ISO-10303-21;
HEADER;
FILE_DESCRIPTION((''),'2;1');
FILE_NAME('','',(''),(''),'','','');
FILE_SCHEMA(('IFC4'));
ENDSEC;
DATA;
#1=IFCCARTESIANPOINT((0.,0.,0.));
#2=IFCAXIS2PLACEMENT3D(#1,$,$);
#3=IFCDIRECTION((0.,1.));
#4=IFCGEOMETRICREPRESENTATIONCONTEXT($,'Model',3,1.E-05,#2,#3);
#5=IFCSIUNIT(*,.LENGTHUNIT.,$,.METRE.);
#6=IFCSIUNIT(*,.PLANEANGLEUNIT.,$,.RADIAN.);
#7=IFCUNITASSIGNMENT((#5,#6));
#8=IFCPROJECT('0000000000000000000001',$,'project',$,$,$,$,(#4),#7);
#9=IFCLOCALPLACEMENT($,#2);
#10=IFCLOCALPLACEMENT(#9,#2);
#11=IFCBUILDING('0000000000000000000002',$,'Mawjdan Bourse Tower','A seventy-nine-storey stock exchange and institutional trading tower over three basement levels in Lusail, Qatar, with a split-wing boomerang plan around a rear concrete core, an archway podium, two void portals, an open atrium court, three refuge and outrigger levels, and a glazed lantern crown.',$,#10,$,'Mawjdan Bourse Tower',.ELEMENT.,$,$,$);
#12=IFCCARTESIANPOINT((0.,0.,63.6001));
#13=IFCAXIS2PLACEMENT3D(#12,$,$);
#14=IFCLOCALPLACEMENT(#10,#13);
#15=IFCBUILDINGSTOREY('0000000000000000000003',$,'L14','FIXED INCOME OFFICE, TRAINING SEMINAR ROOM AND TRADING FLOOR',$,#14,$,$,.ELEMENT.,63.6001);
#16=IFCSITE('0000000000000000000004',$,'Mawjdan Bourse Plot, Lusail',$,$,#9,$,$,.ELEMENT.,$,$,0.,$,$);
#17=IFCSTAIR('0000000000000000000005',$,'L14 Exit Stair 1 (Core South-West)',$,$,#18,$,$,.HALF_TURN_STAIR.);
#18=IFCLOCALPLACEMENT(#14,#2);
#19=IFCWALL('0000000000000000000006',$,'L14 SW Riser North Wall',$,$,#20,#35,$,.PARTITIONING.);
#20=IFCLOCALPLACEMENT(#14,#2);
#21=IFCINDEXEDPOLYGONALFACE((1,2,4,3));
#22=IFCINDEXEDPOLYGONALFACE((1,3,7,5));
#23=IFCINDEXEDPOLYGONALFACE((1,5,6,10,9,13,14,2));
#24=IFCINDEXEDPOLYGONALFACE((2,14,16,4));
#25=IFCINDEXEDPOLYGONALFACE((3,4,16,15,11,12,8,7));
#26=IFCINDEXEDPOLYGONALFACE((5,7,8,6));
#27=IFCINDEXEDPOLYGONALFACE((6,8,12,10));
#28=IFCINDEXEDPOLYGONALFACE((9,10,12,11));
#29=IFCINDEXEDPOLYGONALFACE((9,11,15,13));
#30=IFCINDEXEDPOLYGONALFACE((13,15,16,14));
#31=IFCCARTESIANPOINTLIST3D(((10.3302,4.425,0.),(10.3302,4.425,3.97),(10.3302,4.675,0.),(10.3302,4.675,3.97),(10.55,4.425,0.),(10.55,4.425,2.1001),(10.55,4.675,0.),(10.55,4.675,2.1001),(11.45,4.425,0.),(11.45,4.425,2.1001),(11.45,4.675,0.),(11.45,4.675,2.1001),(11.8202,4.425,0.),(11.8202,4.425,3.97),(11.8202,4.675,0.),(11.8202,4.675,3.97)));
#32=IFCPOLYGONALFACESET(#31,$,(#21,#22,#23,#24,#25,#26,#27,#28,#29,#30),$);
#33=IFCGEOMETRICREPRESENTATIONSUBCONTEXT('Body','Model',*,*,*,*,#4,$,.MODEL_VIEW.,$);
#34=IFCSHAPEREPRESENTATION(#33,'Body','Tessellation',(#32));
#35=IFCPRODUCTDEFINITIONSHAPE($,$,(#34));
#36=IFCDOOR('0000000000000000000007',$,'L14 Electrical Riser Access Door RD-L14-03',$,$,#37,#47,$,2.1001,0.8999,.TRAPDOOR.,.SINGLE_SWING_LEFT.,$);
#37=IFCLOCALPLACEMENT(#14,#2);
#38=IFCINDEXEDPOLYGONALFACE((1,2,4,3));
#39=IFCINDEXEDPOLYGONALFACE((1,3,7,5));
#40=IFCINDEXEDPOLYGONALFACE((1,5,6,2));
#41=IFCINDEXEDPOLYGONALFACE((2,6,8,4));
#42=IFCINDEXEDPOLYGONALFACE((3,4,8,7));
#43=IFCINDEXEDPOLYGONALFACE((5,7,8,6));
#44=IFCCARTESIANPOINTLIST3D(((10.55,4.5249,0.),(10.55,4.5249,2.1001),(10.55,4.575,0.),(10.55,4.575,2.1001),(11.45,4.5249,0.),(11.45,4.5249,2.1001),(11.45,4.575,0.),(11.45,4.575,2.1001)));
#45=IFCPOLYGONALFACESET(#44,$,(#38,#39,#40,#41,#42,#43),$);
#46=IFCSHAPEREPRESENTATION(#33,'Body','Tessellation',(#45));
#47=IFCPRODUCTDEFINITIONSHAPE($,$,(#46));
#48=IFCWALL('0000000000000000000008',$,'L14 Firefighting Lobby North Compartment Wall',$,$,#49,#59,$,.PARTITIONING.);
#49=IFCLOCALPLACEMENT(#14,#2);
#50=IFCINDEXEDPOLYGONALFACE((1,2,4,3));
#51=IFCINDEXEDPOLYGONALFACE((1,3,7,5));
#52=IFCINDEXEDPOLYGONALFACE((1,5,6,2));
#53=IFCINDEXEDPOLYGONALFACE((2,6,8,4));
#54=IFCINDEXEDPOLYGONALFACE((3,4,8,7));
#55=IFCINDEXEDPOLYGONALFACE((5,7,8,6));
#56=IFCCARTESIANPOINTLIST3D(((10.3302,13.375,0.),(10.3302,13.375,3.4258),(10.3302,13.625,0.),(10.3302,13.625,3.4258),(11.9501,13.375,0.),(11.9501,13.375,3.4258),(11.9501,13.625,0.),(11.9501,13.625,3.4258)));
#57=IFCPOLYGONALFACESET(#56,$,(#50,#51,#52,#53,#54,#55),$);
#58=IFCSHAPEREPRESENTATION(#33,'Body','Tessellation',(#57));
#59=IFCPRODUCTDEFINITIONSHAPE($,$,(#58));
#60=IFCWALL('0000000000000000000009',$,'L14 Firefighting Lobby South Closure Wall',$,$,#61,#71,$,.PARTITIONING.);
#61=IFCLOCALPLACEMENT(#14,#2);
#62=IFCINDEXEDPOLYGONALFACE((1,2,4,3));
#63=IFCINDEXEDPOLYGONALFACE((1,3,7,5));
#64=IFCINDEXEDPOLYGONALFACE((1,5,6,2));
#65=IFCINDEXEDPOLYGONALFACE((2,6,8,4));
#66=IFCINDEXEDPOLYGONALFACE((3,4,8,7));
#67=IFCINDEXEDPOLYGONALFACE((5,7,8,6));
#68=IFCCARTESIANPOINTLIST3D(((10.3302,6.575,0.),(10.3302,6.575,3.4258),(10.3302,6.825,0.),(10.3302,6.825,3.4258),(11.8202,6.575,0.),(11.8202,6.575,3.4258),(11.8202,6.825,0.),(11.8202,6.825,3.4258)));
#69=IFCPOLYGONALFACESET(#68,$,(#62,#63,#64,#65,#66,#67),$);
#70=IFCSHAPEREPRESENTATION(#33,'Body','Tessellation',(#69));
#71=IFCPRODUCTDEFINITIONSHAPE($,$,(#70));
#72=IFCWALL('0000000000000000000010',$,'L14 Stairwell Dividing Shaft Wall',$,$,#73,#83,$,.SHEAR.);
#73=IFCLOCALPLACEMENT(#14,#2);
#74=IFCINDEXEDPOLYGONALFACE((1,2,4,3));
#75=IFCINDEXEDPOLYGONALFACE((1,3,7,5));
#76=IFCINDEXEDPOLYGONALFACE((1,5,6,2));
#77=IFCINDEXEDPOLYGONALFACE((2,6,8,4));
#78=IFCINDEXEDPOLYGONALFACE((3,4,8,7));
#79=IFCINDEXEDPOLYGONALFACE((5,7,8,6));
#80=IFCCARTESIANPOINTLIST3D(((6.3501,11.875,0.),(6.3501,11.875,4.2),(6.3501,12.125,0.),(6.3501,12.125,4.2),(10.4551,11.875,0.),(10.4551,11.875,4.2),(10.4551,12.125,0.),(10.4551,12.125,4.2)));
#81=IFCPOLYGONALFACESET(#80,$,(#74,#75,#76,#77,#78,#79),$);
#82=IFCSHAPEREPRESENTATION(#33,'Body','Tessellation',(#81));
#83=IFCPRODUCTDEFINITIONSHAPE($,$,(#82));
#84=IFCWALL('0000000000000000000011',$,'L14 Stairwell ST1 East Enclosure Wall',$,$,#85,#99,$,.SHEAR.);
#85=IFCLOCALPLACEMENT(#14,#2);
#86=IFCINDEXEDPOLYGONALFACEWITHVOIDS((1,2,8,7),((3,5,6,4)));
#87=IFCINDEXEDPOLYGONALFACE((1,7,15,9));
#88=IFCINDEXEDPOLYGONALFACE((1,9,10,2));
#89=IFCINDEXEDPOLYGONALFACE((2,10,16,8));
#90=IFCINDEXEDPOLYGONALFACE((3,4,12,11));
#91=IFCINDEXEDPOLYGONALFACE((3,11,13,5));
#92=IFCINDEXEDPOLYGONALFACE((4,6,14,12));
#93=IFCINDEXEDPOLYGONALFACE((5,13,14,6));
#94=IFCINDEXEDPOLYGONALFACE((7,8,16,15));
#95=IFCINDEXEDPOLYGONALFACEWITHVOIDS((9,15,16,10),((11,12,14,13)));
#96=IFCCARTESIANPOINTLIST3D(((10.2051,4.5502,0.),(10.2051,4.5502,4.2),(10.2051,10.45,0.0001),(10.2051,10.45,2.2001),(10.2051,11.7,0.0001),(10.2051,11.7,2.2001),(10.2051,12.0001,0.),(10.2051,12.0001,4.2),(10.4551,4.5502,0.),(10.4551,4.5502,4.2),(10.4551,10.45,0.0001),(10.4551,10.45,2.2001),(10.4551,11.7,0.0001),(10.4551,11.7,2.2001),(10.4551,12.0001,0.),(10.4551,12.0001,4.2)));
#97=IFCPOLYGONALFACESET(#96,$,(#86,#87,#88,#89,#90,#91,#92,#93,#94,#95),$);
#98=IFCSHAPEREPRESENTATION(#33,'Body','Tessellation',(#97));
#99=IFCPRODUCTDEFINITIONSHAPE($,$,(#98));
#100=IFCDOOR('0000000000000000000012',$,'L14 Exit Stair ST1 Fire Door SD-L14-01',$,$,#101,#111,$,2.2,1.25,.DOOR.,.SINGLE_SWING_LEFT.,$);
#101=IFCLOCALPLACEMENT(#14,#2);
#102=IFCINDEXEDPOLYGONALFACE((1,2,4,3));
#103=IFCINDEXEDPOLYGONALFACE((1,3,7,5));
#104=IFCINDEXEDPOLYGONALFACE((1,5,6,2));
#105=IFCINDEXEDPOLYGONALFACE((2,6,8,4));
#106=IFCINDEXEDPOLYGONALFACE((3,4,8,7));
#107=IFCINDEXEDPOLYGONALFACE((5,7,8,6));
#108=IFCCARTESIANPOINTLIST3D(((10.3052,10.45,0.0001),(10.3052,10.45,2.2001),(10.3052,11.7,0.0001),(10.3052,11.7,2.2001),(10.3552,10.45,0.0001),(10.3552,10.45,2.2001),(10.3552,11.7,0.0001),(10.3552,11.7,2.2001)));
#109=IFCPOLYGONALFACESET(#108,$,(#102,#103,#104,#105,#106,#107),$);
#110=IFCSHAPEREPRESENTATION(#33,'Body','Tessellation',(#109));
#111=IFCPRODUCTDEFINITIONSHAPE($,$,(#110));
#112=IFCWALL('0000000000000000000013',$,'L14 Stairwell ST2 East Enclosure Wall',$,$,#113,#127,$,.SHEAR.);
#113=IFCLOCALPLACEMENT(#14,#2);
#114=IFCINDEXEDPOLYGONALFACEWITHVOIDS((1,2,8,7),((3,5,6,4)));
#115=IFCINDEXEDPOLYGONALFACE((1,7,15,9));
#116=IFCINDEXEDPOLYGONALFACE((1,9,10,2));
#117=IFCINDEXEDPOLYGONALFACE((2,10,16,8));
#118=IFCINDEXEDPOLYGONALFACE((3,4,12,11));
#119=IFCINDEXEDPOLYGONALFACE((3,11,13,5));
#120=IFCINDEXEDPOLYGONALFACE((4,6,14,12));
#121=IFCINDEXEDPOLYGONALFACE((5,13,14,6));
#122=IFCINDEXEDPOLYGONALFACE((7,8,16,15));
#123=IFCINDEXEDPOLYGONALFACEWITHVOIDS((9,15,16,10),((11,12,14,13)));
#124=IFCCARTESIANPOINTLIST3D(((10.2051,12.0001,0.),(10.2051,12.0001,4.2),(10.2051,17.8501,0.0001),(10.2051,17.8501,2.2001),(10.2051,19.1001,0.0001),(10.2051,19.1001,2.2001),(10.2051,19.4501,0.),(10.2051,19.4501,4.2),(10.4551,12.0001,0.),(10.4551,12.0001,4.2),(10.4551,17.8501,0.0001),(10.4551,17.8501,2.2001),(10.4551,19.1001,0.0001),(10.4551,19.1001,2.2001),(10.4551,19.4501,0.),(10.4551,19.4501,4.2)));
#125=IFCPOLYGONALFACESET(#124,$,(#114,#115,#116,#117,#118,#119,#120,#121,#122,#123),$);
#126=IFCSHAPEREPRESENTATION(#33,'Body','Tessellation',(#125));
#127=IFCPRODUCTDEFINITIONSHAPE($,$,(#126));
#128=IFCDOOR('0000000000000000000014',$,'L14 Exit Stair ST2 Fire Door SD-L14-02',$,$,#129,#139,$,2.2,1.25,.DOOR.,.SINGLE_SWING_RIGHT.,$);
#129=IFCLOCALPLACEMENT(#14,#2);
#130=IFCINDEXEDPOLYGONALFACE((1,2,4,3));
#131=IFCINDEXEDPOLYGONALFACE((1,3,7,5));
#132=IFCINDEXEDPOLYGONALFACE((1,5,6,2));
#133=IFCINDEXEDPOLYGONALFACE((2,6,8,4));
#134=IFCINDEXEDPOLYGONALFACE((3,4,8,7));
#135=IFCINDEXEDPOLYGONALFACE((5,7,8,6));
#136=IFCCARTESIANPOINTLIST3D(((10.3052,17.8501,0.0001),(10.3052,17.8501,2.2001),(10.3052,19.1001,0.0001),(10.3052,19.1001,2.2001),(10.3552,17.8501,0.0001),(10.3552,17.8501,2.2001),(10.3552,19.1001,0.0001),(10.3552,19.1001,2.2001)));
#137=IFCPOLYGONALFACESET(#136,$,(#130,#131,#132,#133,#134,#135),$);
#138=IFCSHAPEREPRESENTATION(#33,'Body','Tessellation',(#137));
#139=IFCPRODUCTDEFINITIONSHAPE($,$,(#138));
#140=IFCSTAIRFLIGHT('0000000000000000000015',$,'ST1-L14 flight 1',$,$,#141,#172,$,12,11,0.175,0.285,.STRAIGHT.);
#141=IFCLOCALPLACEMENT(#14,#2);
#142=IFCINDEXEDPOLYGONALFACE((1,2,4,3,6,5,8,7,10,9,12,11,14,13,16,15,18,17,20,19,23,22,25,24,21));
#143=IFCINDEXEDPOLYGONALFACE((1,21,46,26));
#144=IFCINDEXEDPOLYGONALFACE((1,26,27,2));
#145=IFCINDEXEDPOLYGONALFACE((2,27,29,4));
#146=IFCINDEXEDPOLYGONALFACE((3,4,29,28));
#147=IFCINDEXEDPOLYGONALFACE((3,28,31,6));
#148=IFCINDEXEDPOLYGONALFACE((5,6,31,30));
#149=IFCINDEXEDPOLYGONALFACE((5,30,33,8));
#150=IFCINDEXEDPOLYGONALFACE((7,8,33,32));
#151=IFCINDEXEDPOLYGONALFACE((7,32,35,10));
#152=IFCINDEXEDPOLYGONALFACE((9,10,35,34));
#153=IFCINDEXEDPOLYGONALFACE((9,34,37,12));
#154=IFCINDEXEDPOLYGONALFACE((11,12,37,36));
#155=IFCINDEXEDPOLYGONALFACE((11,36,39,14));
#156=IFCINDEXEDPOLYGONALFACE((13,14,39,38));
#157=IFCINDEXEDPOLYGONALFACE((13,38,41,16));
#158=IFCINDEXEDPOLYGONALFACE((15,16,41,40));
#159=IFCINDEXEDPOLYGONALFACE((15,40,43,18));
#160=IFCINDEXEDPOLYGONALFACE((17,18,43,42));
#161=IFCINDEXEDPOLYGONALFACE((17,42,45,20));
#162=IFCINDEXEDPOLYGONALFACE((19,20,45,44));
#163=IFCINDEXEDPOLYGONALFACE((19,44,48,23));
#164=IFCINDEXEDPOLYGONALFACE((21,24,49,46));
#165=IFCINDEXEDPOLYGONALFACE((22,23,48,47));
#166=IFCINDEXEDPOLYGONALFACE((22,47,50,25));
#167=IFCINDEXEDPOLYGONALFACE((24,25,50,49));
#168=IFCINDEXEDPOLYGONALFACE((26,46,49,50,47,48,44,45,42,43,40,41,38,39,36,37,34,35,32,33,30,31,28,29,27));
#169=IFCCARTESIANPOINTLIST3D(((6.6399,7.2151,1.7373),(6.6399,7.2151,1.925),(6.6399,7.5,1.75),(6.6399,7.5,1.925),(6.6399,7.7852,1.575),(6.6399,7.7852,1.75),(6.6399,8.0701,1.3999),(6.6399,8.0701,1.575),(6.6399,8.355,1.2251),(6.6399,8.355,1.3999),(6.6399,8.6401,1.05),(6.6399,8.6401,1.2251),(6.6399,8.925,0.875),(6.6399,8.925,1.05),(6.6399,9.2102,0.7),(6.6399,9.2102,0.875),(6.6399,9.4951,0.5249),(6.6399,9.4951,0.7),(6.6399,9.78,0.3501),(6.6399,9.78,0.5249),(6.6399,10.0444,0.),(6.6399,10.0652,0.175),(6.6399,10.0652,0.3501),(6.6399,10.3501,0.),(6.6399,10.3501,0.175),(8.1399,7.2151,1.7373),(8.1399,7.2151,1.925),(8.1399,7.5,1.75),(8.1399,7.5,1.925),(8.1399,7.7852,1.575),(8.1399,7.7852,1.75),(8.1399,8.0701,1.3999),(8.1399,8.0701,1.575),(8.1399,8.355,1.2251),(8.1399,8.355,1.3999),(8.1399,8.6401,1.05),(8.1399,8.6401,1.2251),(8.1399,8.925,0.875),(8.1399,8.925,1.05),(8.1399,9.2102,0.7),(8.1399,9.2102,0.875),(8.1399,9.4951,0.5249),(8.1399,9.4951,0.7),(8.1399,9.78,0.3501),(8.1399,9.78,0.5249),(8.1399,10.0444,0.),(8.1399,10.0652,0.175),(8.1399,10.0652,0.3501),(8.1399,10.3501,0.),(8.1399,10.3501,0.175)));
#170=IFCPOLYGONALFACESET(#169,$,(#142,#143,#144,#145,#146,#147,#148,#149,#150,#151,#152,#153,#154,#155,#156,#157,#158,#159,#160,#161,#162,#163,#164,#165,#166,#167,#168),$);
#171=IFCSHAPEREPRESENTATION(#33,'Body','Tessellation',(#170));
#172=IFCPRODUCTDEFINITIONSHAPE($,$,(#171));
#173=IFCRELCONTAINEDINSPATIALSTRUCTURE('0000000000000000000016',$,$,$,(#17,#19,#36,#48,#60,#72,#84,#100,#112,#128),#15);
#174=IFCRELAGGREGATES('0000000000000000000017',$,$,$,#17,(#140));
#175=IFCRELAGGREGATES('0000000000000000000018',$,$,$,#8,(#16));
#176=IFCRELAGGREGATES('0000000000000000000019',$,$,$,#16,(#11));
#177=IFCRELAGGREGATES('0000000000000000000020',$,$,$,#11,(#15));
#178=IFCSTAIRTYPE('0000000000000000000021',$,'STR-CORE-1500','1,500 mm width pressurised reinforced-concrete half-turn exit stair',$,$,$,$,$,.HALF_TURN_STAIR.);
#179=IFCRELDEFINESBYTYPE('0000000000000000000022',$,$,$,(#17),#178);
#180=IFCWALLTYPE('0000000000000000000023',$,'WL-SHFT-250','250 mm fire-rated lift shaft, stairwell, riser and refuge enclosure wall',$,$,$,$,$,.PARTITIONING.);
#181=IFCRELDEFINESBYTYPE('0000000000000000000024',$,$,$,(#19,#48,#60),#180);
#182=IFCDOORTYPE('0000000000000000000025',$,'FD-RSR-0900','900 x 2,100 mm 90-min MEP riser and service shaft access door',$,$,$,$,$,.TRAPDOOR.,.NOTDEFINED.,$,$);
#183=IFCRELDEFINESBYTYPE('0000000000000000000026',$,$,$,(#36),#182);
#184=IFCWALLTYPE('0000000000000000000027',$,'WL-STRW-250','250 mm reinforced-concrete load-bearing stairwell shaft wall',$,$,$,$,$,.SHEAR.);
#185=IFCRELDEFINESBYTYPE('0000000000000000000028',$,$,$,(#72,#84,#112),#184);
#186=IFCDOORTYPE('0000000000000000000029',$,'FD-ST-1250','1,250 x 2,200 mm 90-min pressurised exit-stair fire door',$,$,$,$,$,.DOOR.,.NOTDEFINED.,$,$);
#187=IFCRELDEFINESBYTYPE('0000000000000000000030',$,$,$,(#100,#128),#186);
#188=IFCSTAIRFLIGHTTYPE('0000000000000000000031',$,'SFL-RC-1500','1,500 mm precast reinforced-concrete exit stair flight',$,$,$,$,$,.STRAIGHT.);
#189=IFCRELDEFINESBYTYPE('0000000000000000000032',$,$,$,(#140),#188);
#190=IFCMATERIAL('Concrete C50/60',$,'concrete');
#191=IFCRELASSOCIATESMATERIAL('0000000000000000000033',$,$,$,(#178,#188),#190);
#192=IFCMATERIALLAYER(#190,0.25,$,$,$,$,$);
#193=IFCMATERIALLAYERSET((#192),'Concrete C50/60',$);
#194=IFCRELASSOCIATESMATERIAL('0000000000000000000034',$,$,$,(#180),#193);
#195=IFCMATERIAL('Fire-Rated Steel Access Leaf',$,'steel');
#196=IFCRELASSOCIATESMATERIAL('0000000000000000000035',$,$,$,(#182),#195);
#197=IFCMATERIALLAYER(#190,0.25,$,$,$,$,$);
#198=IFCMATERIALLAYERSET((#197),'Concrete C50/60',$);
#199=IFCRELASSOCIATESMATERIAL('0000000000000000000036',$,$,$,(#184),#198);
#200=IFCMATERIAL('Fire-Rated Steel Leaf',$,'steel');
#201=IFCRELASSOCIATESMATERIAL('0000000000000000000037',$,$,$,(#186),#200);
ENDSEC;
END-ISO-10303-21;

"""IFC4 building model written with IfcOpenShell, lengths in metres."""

from ifc_helpers import new_model, si_unit, direction, frame, frame_2d, origin, place, context, subcontext, project, spatial, polyline, rectangle, outline, extrude, material, layer, layer_set, type_object, element, fill, aggregate, save


model = new_model("IFC4")

# Units and contexts
model_context = context("Model", 3, precision=1e-05, world=origin(), true_north=direction((0.0, 1.0)))
body_context = subcontext(model_context, "Body", "Model", "MODEL_VIEW")
ifc_project = project(units=[si_unit("LENGTHUNIT", "METRE"), si_unit("PLANEANGLEUNIT", "RADIAN")], contexts=[model_context])

# Site, building, storey
site_placement = place(None, origin())
site = spatial("IfcSite", under=ifc_project, at=site_placement, Name="Mawjdan Bourse Plot, Lusail", CompositionType="ELEMENT", RefElevation=0.0)
building_placement = place(site_placement, origin())
building = spatial("IfcBuilding", under=site, at=building_placement, Name="Mawjdan Bourse Tower", Description="A seventy-nine-storey stock exchange and institutional trading tower over three basement levels in Lusail, Qatar, with a split-wing boomerang plan around a rear concrete core, an archway podium, two void portals, an open atrium court, three refuge and outrigger levels, and a glazed lantern crown.", LongName="Mawjdan Bourse Tower", CompositionType="ELEMENT")
storey_placement = place(building_placement, frame((0.0, 0.0, 63.6001)))
storey = spatial("IfcBuildingStorey", under=building, at=storey_placement, Name="L14", Description="FIXED INCOME OFFICE, TRAINING SEMINAR ROOM AND TRADING FLOOR", CompositionType="ELEMENT", Elevation=63.6001)

# Stair
ifc_material_1 = material(Name="Concrete C50/60", Category="concrete")
stair_type = type_object("IfcStairType", Name="STR-CORE-1500", Description="1,500 mm width pressurised reinforced-concrete half-turn exit stair", PredefinedType="HALF_TURN_STAIR", material=ifc_material_1)
stair_1_placement = place(storey_placement, origin())
stair_1 = element("IfcStair", 1, at=stair_1_placement, inside=storey, type_object=stair_type, Name="L14 Exit Stair 1 (Core South-West)", PredefinedType="HALF_TURN_STAIR")

# Wall, opening, door
ifc_layer_1 = layer(ifc_material_1, 0.25)
ifc_layer_set_1 = layer_set([ifc_layer_1], Name="Concrete C50/60")
wall_type_1 = type_object("IfcWallType", Name="WL-SHFT-250", Description="250 mm fire-rated lift shaft, stairwell, riser and refuge enclosure wall", PredefinedType="PARTITIONING", material=ifc_layer_set_1)
wall_1_placement = place(storey_placement, frame((10.3301, 4.55, 0.0), z_axis=(0.0, 0.0, 1.0), x_axis=(1.0, 0.0, 0.0)))
wall_1 = element("IfcWall", 2, at=wall_1_placement, inside=storey, type_object=wall_type_1, Name="L14 SW Riser North Wall", PredefinedType="PARTITIONING", context=body_context, shape_type="SweptSolid", body=[
    extrude(rectangle(XDim=1.49, YDim=0.25, at=frame_2d((0.7451, 0.0))), origin(), (0.0, 0.0, 1.0), 3.97),
])
opening_1_placement = place(wall_1_placement, frame((0.22, 0.0, 0.0)))
opening_1 = element("IfcOpeningElement", 3, at=opening_1_placement, cuts=wall_1, PredefinedType="OPENING", context=body_context, shape_type="SweptSolid", body=[
    extrude(rectangle(XDim=0.8999, YDim=2.1001, at=frame_2d((0.45, 1.05))), frame((0.0, 0.135, 0.0), z_axis=(0.0, -1.0, 0.0), x_axis=(1.0, 0.0, 0.0)), (0.0, 0.0, 1.0), 0.27),
])
ifc_material_2 = material(Name="Fire-Rated Steel Access Leaf", Category="steel")
door_type_1 = type_object("IfcDoorType", Name="FD-RSR-0900", Description="900 x 2,100 mm 90-min MEP riser and service shaft access door", OperationType="NOTDEFINED", PredefinedType="TRAPDOOR", material=ifc_material_2)
door_1_placement = place(opening_1_placement, origin())
door_1 = element("IfcDoor", 4, at=door_1_placement, inside=storey, type_object=door_type_1, Name="L14 Electrical Riser Access Door RD-L14-03", OperationType="SINGLE_SWING_LEFT", OverallHeight=2.1001, OverallWidth=0.8999, PredefinedType="TRAPDOOR", context=body_context, shape_type="SweptSolid", body=[
    extrude(rectangle(XDim=0.8999, YDim=2.1001, at=frame_2d((0.45, 1.05))), frame((0.0, 0.0249, 0.0), z_axis=(0.0, -1.0, 0.0), x_axis=(1.0, 0.0, 0.0)), (0.0, 0.0, 1.0), 0.05),
])
fill(opening_1, door_1)

# Walls
wall_2_placement = place(storey_placement, frame((10.3301, 13.5, 0.0), z_axis=(0.0, 0.0, 1.0), x_axis=(1.0, 0.0, 0.0)))
element("IfcWall", 5, at=wall_2_placement, inside=storey, type_object=wall_type_1, Name="L14 Firefighting Lobby North Compartment Wall", PredefinedType="PARTITIONING", context=body_context, shape_type="SweptSolid", body=[
    extrude(rectangle(XDim=1.6199, YDim=0.25, at=frame_2d((0.8101, 0.0))), origin(), (0.0, 0.0, 1.0), 3.4258),
])
wall_3_placement = place(storey_placement, frame((10.3301, 6.7, 0.0), z_axis=(0.0, 0.0, 1.0), x_axis=(1.0, 0.0, 0.0)))
element("IfcWall", 6, at=wall_3_placement, inside=storey, type_object=wall_type_1, Name="L14 Firefighting Lobby South Closure Wall", PredefinedType="PARTITIONING", context=body_context, shape_type="SweptSolid", body=[
    extrude(rectangle(XDim=1.49, YDim=0.25, at=frame_2d((0.7451, 0.0))), origin(), (0.0, 0.0, 1.0), 3.4258),
])
ifc_layer_2 = layer(ifc_material_1, 0.25)
ifc_layer_set_2 = layer_set([ifc_layer_2], Name="Concrete C50/60")
wall_type_2 = type_object("IfcWallType", Name="WL-STRW-250", Description="250 mm reinforced-concrete load-bearing stairwell shaft wall", PredefinedType="SHEAR", material=ifc_layer_set_2)
wall_4_placement = place(storey_placement, frame((6.3501, 12.0, 0.0), z_axis=(0.0, 0.0, 1.0), x_axis=(1.0, 0.0, 0.0)))
element("IfcWall", 7, at=wall_4_placement, inside=storey, type_object=wall_type_2, Name="L14 Stairwell Dividing Shaft Wall", PredefinedType="SHEAR", context=body_context, shape_type="SweptSolid", body=[
    extrude(rectangle(XDim=4.105, YDim=0.25, at=frame_2d((2.0525, 0.0))), origin(), (0.0, 0.0, 1.0), 4.2),
])

# Walls, openings, doors
wall_5_placement = place(storey_placement, frame((10.3301, 4.55, 0.0), z_axis=(0.0, 0.0, 1.0), x_axis=(0.0, 1.0, 0.0)))
wall_5 = element("IfcWall", 8, at=wall_5_placement, inside=storey, type_object=wall_type_2, Name="L14 Stairwell ST1 East Enclosure Wall", PredefinedType="SHEAR", context=body_context, shape_type="SweptSolid", body=[
    extrude(rectangle(XDim=7.45, YDim=0.25, at=frame_2d((3.7251, 0.0))), origin(), (0.0, 0.0, 1.0), 4.2),
])
opening_2_placement = place(wall_5_placement, frame((5.8999, 0.0, 0.0)))
opening_2 = element("IfcOpeningElement", 9, at=opening_2_placement, cuts=wall_5, PredefinedType="OPENING", context=body_context, shape_type="SweptSolid", body=[
    extrude(rectangle(XDim=1.25, YDim=2.2, at=frame_2d((0.625, 1.1001))), frame((0.0, 0.135, 0.0), z_axis=(0.0, -1.0, 0.0), x_axis=(1.0, 0.0, 0.0)), (0.0, 0.0, 1.0), 0.27),
])
ifc_material_3 = material(Name="Fire-Rated Steel Leaf", Category="steel")
door_type_2 = type_object("IfcDoorType", Name="FD-ST-1250", Description="1,250 x 2,200 mm 90-min pressurised exit-stair fire door", OperationType="NOTDEFINED", PredefinedType="DOOR", material=ifc_material_3)
door_2_placement = place(opening_2_placement, origin())
door_2 = element("IfcDoor", 10, at=door_2_placement, inside=storey, type_object=door_type_2, Name="L14 Exit Stair ST1 Fire Door SD-L14-01", OperationType="SINGLE_SWING_LEFT", OverallHeight=2.2, OverallWidth=1.25, PredefinedType="DOOR", context=body_context, shape_type="SweptSolid", body=[
    extrude(rectangle(XDim=1.25, YDim=2.2, at=frame_2d((0.625, 1.1001))), frame((0.0, 0.0249, 0.0), z_axis=(0.0, -1.0, 0.0), x_axis=(1.0, 0.0, 0.0)), (0.0, 0.0, 1.0), 0.05),
])
fill(opening_2, door_2)
wall_6_placement = place(storey_placement, frame((10.3301, 12.0, 0.0), z_axis=(0.0, 0.0, 1.0), x_axis=(0.0, 1.0, 0.0)))
wall_6 = element("IfcWall", 11, at=wall_6_placement, inside=storey, type_object=wall_type_2, Name="L14 Stairwell ST2 East Enclosure Wall", PredefinedType="SHEAR", context=body_context, shape_type="SweptSolid", body=[
    extrude(rectangle(XDim=7.45, YDim=0.25, at=frame_2d((3.7251, 0.0))), origin(), (0.0, 0.0, 1.0), 4.2),
])
opening_3_placement = place(wall_6_placement, frame((5.8501, 0.0, 0.0)))
opening_3 = element("IfcOpeningElement", 12, at=opening_3_placement, cuts=wall_6, PredefinedType="OPENING", context=body_context, shape_type="SweptSolid", body=[
    extrude(rectangle(XDim=1.25, YDim=2.2, at=frame_2d((0.625, 1.1001))), frame((0.0, 0.135, 0.0), z_axis=(0.0, -1.0, 0.0), x_axis=(1.0, 0.0, 0.0)), (0.0, 0.0, 1.0), 0.27),
])
door_3_placement = place(opening_3_placement, origin())
door_3 = element("IfcDoor", 13, at=door_3_placement, inside=storey, type_object=door_type_2, Name="L14 Exit Stair ST2 Fire Door SD-L14-02", OperationType="SINGLE_SWING_RIGHT", OverallHeight=2.2, OverallWidth=1.25, PredefinedType="DOOR", context=body_context, shape_type="SweptSolid", body=[
    extrude(rectangle(XDim=1.25, YDim=2.2, at=frame_2d((0.625, 1.1001))), frame((0.0, 0.0249, 0.0), z_axis=(0.0, -1.0, 0.0), x_axis=(1.0, 0.0, 0.0)), (0.0, 0.0, 1.0), 0.05),
])
fill(opening_3, door_3)

# Stair flight
stair_flight_type = type_object("IfcStairFlightType", Name="SFL-RC-1500", Description="1,500 mm precast reinforced-concrete exit stair flight", PredefinedType="STRAIGHT", material=ifc_material_1)
stair_flight_1_placement = place(storey_placement, frame((7.3899, 10.3501, 0.0), z_axis=(0.0, 0.0, 1.0), x_axis=(0.0, -1.0, 0.0)))
stair_flight_1 = element("IfcStairFlight", 14, at=stair_flight_1_placement, type_object=stair_flight_type, Name="ST1-L14 flight 1", NumberOfRisers=12, NumberOfTreads=11, PredefinedType="STRAIGHT", RiserHeight=0.175, TreadLength=0.285, context=body_context, shape_type="SweptSolid", body=[
    extrude(outline(polyline([(0.0, 0.0), (0.0, 0.175), (0.2849, 0.175), (0.2849, 0.3501), (0.5701, 0.3501), (0.5701, 0.5249), (0.855, 0.5249), (0.855, 0.7), (1.1399, 0.7), (1.1399, 0.875), (1.425, 0.875), (1.425, 1.05), (1.71, 1.05), (1.71, 1.2251), (1.9951, 1.2251), (1.9951, 1.3999), (2.28, 1.3999), (2.28, 1.575), (2.5649, 1.575), (2.5649, 1.75), (2.8501, 1.75), (2.8501, 1.925), (3.135, 1.925), (3.135, 2.1001), (3.135, 1.7373), (0.3057, 0.0), (0.0, 0.0)])), frame((0.0, 0.75, 0.0), z_axis=(0.0, -1.0, 0.0), x_axis=(1.0, 0.0, 0.0)), (0.0, 0.0, 1.0), 1.5),
])
aggregate(stair_1, [stair_flight_1])

save(model, "model.ifc")
